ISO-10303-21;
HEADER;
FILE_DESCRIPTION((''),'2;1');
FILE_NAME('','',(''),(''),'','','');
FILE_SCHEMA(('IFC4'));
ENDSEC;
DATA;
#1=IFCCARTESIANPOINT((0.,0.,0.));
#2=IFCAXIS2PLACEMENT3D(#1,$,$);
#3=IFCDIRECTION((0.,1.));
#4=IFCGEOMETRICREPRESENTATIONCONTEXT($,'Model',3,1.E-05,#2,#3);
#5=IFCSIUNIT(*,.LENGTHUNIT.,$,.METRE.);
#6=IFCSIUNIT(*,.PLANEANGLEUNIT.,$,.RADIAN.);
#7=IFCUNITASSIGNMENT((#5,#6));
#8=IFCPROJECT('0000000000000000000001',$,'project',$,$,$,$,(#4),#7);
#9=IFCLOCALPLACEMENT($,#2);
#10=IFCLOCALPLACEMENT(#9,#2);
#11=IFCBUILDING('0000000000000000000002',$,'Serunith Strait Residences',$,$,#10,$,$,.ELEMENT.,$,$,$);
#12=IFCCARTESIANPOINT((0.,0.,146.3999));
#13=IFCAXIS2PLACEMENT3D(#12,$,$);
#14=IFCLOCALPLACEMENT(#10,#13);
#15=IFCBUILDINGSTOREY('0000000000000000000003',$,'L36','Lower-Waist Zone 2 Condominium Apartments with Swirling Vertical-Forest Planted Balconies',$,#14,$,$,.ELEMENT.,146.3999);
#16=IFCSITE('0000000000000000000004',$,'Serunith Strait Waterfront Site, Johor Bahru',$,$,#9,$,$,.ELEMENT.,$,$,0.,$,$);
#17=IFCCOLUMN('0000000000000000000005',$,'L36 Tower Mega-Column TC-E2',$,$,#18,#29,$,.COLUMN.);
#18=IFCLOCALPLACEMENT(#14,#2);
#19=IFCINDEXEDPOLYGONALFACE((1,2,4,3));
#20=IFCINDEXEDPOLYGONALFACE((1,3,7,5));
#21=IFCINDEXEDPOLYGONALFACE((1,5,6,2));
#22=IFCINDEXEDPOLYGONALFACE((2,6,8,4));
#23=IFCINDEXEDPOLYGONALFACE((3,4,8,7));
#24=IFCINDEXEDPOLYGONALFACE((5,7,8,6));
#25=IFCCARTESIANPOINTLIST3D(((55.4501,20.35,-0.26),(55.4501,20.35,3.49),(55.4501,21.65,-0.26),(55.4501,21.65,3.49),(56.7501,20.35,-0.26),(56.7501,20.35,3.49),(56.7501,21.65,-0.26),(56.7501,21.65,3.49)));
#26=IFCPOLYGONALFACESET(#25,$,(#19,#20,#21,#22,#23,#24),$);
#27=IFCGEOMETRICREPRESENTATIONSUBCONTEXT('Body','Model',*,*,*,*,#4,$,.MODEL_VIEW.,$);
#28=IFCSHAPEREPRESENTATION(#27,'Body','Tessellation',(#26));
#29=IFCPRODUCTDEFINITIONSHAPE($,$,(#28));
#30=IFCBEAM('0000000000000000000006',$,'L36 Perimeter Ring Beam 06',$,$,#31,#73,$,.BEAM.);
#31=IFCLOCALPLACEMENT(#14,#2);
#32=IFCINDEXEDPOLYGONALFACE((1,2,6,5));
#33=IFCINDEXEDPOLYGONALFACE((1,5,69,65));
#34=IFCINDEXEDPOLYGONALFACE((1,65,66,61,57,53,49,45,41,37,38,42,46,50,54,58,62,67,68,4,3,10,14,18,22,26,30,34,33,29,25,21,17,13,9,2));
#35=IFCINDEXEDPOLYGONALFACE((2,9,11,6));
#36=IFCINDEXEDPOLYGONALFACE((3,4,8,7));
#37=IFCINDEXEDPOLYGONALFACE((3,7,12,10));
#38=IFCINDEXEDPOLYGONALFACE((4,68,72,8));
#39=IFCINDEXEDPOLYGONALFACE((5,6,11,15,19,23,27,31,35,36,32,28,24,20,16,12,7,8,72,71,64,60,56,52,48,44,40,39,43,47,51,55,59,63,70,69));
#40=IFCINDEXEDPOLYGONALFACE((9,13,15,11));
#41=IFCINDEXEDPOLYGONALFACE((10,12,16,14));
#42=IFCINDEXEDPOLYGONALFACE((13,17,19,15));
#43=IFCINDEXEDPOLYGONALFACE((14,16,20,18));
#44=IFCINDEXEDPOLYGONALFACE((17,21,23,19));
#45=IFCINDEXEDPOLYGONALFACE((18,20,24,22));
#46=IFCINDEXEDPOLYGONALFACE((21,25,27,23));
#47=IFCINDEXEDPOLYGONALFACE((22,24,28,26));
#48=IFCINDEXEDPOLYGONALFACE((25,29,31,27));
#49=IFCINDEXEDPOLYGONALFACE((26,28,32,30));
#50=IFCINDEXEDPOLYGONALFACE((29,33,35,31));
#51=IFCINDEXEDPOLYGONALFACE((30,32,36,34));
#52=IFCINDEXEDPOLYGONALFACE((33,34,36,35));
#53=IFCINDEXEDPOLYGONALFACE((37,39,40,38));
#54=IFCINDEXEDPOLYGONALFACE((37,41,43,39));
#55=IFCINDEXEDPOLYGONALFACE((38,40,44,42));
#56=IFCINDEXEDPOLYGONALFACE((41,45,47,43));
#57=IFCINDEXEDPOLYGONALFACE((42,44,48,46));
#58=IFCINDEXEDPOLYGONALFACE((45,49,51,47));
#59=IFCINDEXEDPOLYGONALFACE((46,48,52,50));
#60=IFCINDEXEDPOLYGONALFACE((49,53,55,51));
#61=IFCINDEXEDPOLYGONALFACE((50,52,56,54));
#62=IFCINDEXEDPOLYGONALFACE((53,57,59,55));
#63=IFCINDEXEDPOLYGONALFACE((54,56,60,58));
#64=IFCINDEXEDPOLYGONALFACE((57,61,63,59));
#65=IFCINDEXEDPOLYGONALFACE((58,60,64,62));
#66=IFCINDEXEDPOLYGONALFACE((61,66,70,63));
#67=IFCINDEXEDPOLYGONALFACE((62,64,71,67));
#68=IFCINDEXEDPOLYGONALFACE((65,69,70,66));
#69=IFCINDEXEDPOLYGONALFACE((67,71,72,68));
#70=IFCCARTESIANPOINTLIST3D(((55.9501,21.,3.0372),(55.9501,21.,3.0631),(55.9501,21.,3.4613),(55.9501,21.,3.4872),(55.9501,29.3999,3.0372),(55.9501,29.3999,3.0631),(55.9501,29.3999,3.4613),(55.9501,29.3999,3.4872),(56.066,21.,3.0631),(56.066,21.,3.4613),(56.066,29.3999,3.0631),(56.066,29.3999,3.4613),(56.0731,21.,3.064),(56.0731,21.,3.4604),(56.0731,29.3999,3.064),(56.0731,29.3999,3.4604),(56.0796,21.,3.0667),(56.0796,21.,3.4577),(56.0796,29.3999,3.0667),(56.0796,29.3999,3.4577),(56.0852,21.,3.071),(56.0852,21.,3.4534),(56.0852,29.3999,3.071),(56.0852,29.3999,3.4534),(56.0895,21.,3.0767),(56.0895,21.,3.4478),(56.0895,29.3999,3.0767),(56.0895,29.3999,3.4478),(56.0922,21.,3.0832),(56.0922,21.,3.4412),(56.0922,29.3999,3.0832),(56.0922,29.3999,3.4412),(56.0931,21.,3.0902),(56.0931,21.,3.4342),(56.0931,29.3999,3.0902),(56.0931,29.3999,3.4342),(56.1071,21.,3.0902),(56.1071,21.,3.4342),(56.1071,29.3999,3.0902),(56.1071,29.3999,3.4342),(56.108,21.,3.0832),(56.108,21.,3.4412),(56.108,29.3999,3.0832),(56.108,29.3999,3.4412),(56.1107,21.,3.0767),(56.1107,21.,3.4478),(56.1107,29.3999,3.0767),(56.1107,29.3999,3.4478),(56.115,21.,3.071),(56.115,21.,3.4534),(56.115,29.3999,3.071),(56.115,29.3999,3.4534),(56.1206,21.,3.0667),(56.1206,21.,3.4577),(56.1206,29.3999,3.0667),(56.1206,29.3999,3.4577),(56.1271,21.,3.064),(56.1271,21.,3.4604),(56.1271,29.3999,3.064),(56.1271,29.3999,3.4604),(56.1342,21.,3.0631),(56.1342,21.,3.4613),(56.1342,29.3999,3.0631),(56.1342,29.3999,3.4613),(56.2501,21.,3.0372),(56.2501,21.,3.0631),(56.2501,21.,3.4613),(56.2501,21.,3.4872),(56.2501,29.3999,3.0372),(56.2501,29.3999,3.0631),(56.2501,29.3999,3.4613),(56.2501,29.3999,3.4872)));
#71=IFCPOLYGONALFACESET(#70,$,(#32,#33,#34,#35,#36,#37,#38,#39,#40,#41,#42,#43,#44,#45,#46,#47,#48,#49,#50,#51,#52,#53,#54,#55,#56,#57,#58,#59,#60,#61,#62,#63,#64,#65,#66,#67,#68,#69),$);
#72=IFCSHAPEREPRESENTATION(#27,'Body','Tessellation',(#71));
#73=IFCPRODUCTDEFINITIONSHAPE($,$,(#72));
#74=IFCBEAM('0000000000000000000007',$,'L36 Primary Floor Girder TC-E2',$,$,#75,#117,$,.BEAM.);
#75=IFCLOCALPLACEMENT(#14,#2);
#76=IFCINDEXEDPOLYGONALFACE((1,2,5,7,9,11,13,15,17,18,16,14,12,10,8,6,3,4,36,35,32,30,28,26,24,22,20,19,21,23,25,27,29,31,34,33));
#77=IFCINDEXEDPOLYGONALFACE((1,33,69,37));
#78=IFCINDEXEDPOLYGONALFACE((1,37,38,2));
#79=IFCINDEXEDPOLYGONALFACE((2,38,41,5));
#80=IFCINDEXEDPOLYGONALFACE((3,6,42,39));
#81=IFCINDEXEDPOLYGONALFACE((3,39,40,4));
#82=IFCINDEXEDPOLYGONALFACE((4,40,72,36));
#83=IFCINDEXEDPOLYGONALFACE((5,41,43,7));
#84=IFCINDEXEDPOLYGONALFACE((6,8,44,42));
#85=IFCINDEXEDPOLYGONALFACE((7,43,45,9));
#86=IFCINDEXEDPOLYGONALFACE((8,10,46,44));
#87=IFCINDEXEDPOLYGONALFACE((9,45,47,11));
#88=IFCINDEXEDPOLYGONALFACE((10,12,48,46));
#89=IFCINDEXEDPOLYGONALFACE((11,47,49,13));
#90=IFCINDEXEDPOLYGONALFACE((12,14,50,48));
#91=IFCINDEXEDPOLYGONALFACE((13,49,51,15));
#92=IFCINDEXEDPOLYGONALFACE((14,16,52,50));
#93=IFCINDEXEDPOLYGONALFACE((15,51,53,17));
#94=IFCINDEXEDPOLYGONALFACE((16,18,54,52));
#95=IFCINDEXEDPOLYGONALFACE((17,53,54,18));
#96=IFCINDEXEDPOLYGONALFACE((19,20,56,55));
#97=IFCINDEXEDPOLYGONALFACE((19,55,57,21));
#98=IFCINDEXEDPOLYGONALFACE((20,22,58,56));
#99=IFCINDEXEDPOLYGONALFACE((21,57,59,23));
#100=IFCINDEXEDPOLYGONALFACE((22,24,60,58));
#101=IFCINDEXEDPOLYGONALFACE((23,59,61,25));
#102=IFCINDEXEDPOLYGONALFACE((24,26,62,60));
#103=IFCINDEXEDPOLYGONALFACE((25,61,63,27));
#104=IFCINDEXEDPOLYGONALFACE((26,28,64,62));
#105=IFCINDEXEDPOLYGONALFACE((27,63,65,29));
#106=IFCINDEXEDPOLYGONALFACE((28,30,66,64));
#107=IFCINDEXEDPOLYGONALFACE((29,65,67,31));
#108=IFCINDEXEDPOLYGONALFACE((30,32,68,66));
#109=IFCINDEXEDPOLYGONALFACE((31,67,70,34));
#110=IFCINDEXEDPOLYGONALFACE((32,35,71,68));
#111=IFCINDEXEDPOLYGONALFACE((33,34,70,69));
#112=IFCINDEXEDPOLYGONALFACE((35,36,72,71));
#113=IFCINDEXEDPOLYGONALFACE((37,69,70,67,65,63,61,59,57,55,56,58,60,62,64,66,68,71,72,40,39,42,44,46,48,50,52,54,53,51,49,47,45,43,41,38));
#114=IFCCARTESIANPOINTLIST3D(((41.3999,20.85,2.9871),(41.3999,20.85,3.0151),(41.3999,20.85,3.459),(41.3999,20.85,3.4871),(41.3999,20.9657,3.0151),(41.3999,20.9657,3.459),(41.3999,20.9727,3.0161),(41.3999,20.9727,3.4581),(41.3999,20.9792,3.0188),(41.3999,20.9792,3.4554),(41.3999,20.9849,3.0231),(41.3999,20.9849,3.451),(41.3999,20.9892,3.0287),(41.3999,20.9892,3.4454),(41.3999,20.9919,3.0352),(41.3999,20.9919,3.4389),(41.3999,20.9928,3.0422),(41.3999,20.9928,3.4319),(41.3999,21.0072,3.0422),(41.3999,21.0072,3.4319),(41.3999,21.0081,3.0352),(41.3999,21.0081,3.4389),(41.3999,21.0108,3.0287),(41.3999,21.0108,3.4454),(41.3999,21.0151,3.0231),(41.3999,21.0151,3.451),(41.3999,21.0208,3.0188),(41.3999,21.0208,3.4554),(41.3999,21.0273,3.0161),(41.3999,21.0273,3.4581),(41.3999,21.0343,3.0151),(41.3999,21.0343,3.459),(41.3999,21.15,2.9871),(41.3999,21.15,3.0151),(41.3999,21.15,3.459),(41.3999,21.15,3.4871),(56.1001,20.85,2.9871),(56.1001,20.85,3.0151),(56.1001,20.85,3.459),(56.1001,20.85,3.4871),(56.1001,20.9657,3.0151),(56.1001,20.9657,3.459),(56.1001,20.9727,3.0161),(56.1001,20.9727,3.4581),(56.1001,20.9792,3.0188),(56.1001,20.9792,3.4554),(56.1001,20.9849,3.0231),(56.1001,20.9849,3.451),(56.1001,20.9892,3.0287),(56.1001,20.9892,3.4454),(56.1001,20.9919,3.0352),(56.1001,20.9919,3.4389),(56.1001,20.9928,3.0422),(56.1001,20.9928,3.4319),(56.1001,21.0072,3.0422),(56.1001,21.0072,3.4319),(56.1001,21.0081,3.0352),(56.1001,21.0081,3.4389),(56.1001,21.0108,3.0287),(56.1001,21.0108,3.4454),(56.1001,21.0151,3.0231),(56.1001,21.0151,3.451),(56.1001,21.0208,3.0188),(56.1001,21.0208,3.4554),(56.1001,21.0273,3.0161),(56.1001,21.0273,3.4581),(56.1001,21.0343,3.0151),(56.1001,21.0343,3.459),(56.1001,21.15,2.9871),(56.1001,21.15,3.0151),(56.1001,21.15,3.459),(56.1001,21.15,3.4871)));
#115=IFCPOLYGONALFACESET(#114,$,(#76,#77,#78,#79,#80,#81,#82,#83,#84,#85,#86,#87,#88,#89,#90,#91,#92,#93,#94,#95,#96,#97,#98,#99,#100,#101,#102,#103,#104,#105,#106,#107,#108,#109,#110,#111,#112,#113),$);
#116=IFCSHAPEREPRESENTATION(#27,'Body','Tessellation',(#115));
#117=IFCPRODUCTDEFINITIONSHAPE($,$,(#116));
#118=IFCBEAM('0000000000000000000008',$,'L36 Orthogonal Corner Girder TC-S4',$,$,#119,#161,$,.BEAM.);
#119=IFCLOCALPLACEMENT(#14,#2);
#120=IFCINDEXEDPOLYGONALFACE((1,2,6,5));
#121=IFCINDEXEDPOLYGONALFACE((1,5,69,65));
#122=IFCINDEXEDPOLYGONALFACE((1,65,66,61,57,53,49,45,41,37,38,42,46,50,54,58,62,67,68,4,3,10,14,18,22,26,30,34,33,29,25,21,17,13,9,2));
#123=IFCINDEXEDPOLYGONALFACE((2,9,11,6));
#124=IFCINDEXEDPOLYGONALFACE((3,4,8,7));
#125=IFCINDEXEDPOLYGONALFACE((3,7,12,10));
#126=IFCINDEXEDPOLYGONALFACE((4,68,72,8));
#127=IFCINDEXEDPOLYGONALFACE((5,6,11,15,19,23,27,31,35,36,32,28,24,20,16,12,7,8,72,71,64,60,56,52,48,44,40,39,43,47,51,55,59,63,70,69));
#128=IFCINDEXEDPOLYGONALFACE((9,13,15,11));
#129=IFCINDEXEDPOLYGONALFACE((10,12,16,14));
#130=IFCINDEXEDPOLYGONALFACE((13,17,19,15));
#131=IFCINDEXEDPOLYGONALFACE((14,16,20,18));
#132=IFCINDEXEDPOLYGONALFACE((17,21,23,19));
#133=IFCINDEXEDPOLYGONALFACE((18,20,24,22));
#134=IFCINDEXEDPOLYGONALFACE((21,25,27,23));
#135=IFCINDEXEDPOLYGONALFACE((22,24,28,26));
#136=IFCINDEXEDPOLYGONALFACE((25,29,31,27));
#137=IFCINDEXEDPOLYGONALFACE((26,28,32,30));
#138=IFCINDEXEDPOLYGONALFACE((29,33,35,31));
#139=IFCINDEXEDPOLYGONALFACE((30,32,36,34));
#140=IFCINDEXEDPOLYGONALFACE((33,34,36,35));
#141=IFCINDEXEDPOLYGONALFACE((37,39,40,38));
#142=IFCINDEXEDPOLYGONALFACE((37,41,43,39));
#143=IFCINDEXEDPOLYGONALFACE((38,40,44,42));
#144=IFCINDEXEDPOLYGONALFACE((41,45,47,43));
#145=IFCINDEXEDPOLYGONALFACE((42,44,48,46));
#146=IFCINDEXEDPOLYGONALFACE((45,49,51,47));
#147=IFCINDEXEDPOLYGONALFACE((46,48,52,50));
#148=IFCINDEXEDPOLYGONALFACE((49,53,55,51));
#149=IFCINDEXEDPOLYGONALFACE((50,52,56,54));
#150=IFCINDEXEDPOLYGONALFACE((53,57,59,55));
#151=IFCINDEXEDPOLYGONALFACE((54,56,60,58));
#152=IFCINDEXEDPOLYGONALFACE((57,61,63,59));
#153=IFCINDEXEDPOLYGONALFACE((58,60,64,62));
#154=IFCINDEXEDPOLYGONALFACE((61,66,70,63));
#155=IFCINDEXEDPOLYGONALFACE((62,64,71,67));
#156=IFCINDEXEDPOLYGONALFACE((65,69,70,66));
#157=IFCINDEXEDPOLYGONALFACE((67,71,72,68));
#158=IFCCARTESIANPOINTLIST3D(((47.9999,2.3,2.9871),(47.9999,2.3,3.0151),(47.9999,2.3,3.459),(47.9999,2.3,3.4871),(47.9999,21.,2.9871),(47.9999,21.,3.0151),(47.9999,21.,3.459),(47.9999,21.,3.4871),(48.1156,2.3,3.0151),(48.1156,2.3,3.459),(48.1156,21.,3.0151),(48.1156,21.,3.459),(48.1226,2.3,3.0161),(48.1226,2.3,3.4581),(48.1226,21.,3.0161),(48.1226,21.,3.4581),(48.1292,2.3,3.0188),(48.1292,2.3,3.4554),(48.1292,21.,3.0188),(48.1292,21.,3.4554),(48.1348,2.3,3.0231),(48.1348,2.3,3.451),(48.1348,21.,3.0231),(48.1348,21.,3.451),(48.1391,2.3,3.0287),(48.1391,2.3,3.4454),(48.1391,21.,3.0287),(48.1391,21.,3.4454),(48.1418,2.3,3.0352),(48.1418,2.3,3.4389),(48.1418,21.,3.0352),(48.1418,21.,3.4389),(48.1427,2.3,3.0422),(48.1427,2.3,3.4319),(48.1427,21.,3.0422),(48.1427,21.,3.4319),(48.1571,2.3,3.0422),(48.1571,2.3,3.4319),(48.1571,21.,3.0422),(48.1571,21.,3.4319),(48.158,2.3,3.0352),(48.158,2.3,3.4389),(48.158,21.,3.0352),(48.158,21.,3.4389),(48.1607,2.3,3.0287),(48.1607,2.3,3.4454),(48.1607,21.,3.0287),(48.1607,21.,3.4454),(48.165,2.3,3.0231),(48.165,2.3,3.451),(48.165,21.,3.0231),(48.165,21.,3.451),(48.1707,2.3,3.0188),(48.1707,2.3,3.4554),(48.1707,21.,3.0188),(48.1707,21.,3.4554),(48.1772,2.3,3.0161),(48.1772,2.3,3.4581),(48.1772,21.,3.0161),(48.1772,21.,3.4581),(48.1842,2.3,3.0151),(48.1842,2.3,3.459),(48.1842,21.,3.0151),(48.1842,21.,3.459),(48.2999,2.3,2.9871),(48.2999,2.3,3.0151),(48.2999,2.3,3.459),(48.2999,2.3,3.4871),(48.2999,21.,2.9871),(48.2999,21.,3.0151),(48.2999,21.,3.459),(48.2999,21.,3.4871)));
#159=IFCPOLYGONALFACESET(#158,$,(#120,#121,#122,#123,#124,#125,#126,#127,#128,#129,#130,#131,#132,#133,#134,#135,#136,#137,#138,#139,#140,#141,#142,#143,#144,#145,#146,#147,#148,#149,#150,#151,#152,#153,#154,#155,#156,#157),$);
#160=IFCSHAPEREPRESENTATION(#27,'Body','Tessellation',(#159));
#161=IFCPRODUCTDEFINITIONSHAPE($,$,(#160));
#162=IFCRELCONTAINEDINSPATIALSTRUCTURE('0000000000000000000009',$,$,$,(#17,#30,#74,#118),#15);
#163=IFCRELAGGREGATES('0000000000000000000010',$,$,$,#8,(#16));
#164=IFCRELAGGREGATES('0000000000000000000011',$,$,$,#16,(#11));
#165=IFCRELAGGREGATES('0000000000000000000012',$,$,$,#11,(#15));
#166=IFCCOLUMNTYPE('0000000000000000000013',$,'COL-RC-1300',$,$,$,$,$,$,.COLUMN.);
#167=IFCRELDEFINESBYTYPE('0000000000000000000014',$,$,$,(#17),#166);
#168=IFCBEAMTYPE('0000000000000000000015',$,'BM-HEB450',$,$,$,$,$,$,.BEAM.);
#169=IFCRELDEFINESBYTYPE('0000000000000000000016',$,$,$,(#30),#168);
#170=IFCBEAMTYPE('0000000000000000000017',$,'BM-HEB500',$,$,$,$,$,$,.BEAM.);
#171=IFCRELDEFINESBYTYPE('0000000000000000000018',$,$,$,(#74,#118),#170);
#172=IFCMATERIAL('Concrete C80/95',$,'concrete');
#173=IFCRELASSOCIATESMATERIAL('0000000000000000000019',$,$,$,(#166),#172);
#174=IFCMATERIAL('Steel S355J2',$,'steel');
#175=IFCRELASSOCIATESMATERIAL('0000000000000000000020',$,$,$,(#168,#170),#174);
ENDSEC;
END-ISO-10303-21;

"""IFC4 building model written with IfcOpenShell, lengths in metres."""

from ifc_helpers import new_model, si_unit, direction, frame, origin, origin_2d, place, context, subcontext, project, spatial, rectangle, i_section, extrude, source, transform, mapped, material, material_profile, profile_set, type_object, element, save


model = new_model("IFC4")

# Units and contexts
model_context = context("Model", 3, precision=1e-05, world=origin(), true_north=direction((0.0, 1.0)))
body_context = subcontext(model_context, "Body", "Model", "MODEL_VIEW")
ifc_project = project(units=[si_unit("LENGTHUNIT", "METRE"), si_unit("PLANEANGLEUNIT", "RADIAN")], contexts=[model_context])

# Site, building, storey
site_placement = place(None, origin())
site = spatial("IfcSite", under=ifc_project, at=site_placement, Name="Serunith Strait Waterfront Site, Johor Bahru", CompositionType="ELEMENT", RefElevation=0.0)
building_placement = place(site_placement, origin())
building = spatial("IfcBuilding", under=site, at=building_placement, Name="Serunith Strait Residences", CompositionType="ELEMENT")
storey_placement = place(building_placement, frame((0.0, 0.0, 146.3999)))
storey = spatial("IfcBuildingStorey", under=building, at=storey_placement, Name="L36", Description="Lower-Waist Zone 2 Condominium Apartments with Swirling Vertical-Forest Planted Balconies", CompositionType="ELEMENT", Elevation=146.3999)

# Column
ifc_material_1 = material(Name="Concrete C80/95", Category="concrete")
ifc_material_profile_1 = material_profile(ifc_material_1, rectangle(XDim=1.3, YDim=1.3, at=origin_2d()), Name="RC 1300x1300")
ifc_profile_set_1 = profile_set([ifc_material_profile_1], Name="Concrete C80/95")
column_type = type_object("IfcColumnType", Name="COL-RC-1300", PredefinedType="COLUMN", material=ifc_profile_set_1)
shared_shape_1 = source(origin(), body_context, "Body", "SweptSolid", [
    extrude(rectangle(XDim=1.3, YDim=1.3, at=origin_2d()), origin(), (0.0, 0.0, 1.0), 3.75),
])
column_placement = place(storey_placement, frame((56.1001, 21.0, -0.26), z_axis=(0.0, 0.0, 1.0), x_axis=(1.0, 0.0, 0.0)))
element("IfcColumn", 1, at=column_placement, inside=storey, type_object=column_type, Name="L36 Tower Mega-Column TC-E2", PredefinedType="COLUMN", context=body_context, shape_type="MappedRepresentation", body=[
    mapped(shared_shape_1, transform((0.0, 0.0, 0.0), scale=1.0)),
])

# Beams
ifc_material_2 = material(Name="Steel S355J2", Category="steel")
ifc_material_profile_2 = material_profile(ifc_material_2, i_section(OverallWidth=0.3, OverallDepth=0.45, WebThickness=0.0139, FlangeThickness=0.0259, FilletRadius=0.0271, at=origin_2d()), Name="HEB 450")
ifc_profile_set_2 = profile_set([ifc_material_profile_2], Name="Steel S355J2")
beam_type_1 = type_object("IfcBeamType", Name="BM-HEB450", PredefinedType="BEAM", material=ifc_profile_set_2)
shared_shape_2 = source(origin(), body_context, "Body", "SweptSolid", [
    extrude(i_section(OverallWidth=0.3, OverallDepth=0.45, WebThickness=0.0139, FlangeThickness=0.0259, FilletRadius=0.0271, at=origin_2d()), origin(), (0.0, 0.0, 1.0), 8.3999),
])
beam_1_placement = place(storey_placement, frame((56.1001, 21.0, 3.2622), z_axis=(0.0, 1.0, 0.0), x_axis=(-1.0, 0.0, 0.0)))
element("IfcBeam", 2, at=beam_1_placement, inside=storey, type_object=beam_type_1, Name="L36 Perimeter Ring Beam 06", PredefinedType="BEAM", context=body_context, shape_type="MappedRepresentation", body=[
    mapped(shared_shape_2, transform((0.0, 0.0, 0.0), scale=1.0)),
])
ifc_material_profile_3 = material_profile(ifc_material_2, i_section(OverallWidth=0.3, OverallDepth=0.5, WebThickness=0.0144, FlangeThickness=0.0281, FilletRadius=0.0271, at=origin_2d()), Name="HEB 500")
ifc_profile_set_3 = profile_set([ifc_material_profile_3], Name="Steel S355J2")
beam_type_2 = type_object("IfcBeamType", Name="BM-HEB500", PredefinedType="BEAM", material=ifc_profile_set_3)
shared_shape_3 = source(origin(), body_context, "Body", "SweptSolid", [
    extrude(i_section(OverallWidth=0.3, OverallDepth=0.5, WebThickness=0.0144, FlangeThickness=0.0281, FilletRadius=0.0271, at=origin_2d()), origin(), (0.0, 0.0, 1.0), 14.7002),
])
beam_2_placement = place(storey_placement, frame((41.3999, 21.0, 3.2371), z_axis=(1.0, 0.0, 0.0), x_axis=(0.0, 1.0, 0.0)))
element("IfcBeam", 3, at=beam_2_placement, inside=storey, type_object=beam_type_2, Name="L36 Primary Floor Girder TC-E2", PredefinedType="BEAM", context=body_context, shape_type="MappedRepresentation", body=[
    mapped(shared_shape_3, transform((0.0, 0.0, 0.0), scale=1.0)),
])
shared_shape_4 = source(origin(), body_context, "Body", "SweptSolid", [
    extrude(i_section(OverallWidth=0.3, OverallDepth=0.5, WebThickness=0.0144, FlangeThickness=0.0281, FilletRadius=0.0271, at=origin_2d()), origin(), (0.0, 0.0, 1.0), 18.7),
])
beam_3_placement = place(storey_placement, frame((48.1499, 21.0, 3.2371), z_axis=(0.0, -1.0, 0.0), x_axis=(1.0, 0.0, 0.0)))
element("IfcBeam", 4, at=beam_3_placement, inside=storey, type_object=beam_type_2, Name="L36 Orthogonal Corner Girder TC-S4", PredefinedType="BEAM", context=body_context, shape_type="MappedRepresentation", body=[
    mapped(shared_shape_4, transform((0.0, 0.0, 0.0), scale=1.0)),
])

save(model, "model.ifc")
